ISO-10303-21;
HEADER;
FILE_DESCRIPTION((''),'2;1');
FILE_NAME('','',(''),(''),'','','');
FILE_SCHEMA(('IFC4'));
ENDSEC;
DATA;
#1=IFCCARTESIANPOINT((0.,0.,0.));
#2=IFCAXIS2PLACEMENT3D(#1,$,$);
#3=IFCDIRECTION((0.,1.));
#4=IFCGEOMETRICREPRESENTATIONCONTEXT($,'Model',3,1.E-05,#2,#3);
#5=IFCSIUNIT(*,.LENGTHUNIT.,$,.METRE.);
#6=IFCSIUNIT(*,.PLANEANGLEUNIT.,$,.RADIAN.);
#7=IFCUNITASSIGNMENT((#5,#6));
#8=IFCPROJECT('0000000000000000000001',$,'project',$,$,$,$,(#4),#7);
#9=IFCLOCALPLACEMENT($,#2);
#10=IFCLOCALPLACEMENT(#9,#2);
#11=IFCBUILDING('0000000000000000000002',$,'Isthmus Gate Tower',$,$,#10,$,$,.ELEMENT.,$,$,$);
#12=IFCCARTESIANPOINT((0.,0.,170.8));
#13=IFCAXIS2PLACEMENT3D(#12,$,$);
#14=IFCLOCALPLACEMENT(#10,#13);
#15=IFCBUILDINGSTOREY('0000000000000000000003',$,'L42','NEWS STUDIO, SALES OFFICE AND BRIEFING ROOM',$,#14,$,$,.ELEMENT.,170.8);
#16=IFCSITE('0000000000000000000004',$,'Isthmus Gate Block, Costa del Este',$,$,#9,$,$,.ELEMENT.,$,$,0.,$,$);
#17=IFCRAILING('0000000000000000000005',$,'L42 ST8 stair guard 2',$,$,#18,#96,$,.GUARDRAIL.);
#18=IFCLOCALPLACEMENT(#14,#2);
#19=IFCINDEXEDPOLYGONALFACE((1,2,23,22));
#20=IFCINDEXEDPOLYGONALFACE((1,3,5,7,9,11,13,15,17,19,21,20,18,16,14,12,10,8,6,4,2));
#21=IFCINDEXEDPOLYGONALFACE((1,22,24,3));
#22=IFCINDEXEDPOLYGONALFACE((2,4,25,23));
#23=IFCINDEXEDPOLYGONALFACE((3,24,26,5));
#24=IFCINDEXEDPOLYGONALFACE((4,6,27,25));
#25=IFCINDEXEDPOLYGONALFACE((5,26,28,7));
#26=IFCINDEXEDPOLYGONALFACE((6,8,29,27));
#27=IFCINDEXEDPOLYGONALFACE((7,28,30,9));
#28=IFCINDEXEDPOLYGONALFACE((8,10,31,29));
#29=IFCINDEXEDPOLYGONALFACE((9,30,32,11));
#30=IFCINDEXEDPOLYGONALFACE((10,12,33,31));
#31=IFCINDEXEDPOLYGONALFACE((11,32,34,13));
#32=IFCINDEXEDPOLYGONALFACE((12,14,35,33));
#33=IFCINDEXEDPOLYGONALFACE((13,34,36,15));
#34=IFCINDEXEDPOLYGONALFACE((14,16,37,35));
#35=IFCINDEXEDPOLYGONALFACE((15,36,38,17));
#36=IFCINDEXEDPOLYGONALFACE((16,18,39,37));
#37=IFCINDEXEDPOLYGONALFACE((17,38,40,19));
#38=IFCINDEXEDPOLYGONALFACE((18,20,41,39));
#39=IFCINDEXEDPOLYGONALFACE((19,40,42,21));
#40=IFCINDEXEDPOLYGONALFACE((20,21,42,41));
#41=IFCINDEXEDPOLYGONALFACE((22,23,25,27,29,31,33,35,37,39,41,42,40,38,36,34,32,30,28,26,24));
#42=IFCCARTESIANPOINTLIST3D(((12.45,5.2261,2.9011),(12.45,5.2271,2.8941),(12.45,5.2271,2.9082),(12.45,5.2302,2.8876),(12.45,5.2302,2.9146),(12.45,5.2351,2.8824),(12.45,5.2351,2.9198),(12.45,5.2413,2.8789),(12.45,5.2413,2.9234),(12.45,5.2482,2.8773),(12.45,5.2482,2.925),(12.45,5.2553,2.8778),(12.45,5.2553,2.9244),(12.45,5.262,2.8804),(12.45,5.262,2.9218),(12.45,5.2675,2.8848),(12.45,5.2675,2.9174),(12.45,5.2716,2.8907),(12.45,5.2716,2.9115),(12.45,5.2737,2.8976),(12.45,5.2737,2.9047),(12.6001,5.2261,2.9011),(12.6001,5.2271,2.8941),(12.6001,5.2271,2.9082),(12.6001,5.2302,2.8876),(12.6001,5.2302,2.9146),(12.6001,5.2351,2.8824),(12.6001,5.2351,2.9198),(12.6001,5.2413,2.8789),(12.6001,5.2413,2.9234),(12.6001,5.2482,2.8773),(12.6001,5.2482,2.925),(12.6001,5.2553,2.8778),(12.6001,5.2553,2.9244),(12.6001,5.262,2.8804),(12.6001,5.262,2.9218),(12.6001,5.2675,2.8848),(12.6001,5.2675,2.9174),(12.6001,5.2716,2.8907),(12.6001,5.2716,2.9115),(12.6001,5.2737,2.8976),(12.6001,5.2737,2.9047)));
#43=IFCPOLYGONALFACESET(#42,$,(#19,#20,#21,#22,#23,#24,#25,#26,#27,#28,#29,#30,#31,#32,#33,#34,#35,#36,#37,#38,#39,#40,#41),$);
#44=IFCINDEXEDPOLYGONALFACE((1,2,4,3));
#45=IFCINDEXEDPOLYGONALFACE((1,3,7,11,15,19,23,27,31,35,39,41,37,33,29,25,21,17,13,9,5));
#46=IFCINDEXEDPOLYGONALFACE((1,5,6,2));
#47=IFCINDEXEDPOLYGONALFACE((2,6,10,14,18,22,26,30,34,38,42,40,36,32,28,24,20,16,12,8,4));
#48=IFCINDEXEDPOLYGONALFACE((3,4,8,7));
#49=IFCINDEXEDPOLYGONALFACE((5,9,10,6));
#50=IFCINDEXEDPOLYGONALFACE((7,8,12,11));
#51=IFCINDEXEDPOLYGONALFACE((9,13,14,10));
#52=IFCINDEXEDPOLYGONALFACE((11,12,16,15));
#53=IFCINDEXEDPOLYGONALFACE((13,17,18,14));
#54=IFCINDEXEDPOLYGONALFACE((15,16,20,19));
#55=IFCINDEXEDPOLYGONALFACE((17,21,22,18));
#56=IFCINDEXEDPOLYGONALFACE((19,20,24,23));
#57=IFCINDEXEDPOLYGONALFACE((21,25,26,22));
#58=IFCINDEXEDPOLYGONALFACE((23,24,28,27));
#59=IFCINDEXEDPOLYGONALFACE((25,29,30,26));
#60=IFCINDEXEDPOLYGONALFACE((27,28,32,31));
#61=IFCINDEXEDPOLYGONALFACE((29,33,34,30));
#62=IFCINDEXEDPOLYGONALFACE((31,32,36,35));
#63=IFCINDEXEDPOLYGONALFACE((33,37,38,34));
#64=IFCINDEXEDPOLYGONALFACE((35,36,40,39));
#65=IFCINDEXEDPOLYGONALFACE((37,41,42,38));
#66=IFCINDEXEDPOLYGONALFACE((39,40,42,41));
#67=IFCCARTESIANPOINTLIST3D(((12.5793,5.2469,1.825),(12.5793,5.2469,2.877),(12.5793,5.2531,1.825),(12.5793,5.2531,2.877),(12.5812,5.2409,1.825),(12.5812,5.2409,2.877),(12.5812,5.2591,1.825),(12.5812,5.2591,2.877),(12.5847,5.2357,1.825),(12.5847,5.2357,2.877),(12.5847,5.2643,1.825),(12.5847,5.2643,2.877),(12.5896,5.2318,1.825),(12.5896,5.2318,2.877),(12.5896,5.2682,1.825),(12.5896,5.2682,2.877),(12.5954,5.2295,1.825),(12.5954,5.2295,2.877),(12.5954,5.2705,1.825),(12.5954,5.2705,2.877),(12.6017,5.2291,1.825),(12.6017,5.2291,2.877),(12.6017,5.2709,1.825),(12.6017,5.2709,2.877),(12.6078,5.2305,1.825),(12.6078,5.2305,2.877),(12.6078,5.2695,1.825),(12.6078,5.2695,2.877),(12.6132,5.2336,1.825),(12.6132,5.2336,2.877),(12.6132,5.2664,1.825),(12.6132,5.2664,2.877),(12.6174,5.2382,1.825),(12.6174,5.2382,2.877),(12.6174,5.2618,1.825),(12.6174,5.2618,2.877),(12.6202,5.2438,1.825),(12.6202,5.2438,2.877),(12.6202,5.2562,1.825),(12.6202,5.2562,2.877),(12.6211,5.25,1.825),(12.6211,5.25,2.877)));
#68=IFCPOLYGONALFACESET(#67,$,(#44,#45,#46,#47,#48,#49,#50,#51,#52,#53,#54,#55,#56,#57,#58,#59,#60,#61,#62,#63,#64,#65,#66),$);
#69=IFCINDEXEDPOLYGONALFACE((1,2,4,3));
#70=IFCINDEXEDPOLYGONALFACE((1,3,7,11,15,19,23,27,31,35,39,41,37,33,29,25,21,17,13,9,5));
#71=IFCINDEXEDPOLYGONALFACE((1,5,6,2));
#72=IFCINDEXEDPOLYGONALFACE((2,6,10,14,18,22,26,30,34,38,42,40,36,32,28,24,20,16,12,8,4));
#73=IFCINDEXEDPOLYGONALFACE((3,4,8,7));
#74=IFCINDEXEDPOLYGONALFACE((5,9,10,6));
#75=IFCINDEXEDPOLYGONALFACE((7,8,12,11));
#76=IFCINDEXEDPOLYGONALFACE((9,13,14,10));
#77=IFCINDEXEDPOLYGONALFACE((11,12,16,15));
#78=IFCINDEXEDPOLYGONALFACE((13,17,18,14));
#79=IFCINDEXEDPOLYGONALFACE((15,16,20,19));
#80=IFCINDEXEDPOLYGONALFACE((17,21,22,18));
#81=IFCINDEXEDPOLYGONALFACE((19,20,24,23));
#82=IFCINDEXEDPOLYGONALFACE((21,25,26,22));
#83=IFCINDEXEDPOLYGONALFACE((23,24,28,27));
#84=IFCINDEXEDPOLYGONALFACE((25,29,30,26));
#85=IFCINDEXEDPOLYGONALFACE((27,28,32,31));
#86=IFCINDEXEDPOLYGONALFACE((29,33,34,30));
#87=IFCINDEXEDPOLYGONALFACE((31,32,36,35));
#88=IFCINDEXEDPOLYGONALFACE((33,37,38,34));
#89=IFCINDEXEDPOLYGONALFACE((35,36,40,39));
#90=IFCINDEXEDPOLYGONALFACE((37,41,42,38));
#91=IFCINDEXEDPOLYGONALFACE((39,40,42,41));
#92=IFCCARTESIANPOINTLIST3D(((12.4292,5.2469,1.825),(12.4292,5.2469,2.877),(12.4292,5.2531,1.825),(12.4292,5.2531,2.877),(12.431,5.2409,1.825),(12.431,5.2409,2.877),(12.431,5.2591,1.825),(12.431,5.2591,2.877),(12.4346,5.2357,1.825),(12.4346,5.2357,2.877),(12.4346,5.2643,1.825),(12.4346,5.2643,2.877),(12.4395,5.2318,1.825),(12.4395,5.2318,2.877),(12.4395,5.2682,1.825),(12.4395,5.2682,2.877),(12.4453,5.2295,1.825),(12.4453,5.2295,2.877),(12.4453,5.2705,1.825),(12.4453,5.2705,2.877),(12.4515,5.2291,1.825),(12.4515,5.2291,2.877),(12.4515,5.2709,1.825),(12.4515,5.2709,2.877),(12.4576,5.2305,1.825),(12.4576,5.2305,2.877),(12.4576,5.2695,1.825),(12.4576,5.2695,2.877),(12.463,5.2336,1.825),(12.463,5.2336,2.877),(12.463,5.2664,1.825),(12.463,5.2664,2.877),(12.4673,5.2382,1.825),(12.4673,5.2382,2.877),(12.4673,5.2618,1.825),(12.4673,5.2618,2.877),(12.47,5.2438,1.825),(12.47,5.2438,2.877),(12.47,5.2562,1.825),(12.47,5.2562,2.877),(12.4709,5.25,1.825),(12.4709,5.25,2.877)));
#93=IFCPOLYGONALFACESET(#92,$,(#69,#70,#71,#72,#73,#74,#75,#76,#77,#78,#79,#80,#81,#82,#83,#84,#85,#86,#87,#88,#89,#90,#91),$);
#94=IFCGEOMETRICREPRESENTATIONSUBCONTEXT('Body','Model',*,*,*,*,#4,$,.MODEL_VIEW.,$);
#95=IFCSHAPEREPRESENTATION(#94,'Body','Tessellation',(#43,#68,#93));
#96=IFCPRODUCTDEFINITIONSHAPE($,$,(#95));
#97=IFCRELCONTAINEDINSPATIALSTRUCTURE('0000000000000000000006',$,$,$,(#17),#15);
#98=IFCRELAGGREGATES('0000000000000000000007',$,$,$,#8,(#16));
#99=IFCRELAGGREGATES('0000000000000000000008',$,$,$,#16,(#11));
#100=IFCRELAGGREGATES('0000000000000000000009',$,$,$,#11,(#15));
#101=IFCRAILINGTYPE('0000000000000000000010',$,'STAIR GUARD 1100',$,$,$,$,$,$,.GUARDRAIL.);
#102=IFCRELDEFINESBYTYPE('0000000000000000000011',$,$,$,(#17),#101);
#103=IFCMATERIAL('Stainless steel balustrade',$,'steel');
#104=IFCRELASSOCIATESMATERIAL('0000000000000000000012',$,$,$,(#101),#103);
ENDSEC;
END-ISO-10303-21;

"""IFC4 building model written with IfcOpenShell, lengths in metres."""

from ifc_helpers import new_model, si_unit, direction, frame, origin, origin_2d, place, context, subcontext, project, spatial, circle, extrude, material, type_object, element, save


model = new_model("IFC4")

# Units and contexts
model_context = context("Model", 3, precision=1e-05, world=origin(), true_north=direction((0.0, 1.0)))
body_context = subcontext(model_context, "Body", "Model", "MODEL_VIEW")
ifc_project = project(units=[si_unit("LENGTHUNIT", "METRE"), si_unit("PLANEANGLEUNIT", "RADIAN")], contexts=[model_context])

# Site, building, storey
site_placement = place(None, origin())
site = spatial("IfcSite", under=ifc_project, at=site_placement, Name="Isthmus Gate Block, Costa del Este", CompositionType="ELEMENT", RefElevation=0.0)
building_placement = place(site_placement, origin())
building = spatial("IfcBuilding", under=site, at=building_placement, Name="Isthmus Gate Tower", CompositionType="ELEMENT")
storey_placement = place(building_placement, frame((0.0, 0.0, 170.8)))
storey = spatial("IfcBuildingStorey", under=building, at=storey_placement, Name="L42", Description="NEWS STUDIO, SALES OFFICE AND BRIEFING ROOM", CompositionType="ELEMENT", Elevation=170.8)

# Railing
ifc_material_1 = material(Name="Stainless steel balustrade", Category="steel")
railing_type_1 = type_object("IfcRailingType", Name="STAIR GUARD 1100", PredefinedType="GUARDRAIL", material=ifc_material_1)
railing_1_placement = place(storey_placement, frame((12.6001, 5.25, 1.825)))
element("IfcRailing", 1, at=railing_1_placement, inside=storey, type_object=railing_type_1, Name="L42 ST8 stair guard 2", PredefinedType="GUARDRAIL", context=body_context, shape_type="SweptSolid", body=[
    extrude(circle(Radius=0.0239, at=origin_2d()), frame((0.0, 0.0, 1.0762), z_axis=(-1.0, 0.0, 0.0), x_axis=(0.0, -1.0, 0.0)), (0.0, 0.0, 1.0), 0.1501),
    extrude(circle(Radius=0.021, at=origin_2d()), origin(), (0.0, 0.0, 1.0), 1.052),
    extrude(circle(Radius=0.021, at=origin_2d()), frame((-0.1501, 0.0, 0.0)), (0.0, 0.0, 1.0), 1.052),
])

save(model, "model.ifc")
